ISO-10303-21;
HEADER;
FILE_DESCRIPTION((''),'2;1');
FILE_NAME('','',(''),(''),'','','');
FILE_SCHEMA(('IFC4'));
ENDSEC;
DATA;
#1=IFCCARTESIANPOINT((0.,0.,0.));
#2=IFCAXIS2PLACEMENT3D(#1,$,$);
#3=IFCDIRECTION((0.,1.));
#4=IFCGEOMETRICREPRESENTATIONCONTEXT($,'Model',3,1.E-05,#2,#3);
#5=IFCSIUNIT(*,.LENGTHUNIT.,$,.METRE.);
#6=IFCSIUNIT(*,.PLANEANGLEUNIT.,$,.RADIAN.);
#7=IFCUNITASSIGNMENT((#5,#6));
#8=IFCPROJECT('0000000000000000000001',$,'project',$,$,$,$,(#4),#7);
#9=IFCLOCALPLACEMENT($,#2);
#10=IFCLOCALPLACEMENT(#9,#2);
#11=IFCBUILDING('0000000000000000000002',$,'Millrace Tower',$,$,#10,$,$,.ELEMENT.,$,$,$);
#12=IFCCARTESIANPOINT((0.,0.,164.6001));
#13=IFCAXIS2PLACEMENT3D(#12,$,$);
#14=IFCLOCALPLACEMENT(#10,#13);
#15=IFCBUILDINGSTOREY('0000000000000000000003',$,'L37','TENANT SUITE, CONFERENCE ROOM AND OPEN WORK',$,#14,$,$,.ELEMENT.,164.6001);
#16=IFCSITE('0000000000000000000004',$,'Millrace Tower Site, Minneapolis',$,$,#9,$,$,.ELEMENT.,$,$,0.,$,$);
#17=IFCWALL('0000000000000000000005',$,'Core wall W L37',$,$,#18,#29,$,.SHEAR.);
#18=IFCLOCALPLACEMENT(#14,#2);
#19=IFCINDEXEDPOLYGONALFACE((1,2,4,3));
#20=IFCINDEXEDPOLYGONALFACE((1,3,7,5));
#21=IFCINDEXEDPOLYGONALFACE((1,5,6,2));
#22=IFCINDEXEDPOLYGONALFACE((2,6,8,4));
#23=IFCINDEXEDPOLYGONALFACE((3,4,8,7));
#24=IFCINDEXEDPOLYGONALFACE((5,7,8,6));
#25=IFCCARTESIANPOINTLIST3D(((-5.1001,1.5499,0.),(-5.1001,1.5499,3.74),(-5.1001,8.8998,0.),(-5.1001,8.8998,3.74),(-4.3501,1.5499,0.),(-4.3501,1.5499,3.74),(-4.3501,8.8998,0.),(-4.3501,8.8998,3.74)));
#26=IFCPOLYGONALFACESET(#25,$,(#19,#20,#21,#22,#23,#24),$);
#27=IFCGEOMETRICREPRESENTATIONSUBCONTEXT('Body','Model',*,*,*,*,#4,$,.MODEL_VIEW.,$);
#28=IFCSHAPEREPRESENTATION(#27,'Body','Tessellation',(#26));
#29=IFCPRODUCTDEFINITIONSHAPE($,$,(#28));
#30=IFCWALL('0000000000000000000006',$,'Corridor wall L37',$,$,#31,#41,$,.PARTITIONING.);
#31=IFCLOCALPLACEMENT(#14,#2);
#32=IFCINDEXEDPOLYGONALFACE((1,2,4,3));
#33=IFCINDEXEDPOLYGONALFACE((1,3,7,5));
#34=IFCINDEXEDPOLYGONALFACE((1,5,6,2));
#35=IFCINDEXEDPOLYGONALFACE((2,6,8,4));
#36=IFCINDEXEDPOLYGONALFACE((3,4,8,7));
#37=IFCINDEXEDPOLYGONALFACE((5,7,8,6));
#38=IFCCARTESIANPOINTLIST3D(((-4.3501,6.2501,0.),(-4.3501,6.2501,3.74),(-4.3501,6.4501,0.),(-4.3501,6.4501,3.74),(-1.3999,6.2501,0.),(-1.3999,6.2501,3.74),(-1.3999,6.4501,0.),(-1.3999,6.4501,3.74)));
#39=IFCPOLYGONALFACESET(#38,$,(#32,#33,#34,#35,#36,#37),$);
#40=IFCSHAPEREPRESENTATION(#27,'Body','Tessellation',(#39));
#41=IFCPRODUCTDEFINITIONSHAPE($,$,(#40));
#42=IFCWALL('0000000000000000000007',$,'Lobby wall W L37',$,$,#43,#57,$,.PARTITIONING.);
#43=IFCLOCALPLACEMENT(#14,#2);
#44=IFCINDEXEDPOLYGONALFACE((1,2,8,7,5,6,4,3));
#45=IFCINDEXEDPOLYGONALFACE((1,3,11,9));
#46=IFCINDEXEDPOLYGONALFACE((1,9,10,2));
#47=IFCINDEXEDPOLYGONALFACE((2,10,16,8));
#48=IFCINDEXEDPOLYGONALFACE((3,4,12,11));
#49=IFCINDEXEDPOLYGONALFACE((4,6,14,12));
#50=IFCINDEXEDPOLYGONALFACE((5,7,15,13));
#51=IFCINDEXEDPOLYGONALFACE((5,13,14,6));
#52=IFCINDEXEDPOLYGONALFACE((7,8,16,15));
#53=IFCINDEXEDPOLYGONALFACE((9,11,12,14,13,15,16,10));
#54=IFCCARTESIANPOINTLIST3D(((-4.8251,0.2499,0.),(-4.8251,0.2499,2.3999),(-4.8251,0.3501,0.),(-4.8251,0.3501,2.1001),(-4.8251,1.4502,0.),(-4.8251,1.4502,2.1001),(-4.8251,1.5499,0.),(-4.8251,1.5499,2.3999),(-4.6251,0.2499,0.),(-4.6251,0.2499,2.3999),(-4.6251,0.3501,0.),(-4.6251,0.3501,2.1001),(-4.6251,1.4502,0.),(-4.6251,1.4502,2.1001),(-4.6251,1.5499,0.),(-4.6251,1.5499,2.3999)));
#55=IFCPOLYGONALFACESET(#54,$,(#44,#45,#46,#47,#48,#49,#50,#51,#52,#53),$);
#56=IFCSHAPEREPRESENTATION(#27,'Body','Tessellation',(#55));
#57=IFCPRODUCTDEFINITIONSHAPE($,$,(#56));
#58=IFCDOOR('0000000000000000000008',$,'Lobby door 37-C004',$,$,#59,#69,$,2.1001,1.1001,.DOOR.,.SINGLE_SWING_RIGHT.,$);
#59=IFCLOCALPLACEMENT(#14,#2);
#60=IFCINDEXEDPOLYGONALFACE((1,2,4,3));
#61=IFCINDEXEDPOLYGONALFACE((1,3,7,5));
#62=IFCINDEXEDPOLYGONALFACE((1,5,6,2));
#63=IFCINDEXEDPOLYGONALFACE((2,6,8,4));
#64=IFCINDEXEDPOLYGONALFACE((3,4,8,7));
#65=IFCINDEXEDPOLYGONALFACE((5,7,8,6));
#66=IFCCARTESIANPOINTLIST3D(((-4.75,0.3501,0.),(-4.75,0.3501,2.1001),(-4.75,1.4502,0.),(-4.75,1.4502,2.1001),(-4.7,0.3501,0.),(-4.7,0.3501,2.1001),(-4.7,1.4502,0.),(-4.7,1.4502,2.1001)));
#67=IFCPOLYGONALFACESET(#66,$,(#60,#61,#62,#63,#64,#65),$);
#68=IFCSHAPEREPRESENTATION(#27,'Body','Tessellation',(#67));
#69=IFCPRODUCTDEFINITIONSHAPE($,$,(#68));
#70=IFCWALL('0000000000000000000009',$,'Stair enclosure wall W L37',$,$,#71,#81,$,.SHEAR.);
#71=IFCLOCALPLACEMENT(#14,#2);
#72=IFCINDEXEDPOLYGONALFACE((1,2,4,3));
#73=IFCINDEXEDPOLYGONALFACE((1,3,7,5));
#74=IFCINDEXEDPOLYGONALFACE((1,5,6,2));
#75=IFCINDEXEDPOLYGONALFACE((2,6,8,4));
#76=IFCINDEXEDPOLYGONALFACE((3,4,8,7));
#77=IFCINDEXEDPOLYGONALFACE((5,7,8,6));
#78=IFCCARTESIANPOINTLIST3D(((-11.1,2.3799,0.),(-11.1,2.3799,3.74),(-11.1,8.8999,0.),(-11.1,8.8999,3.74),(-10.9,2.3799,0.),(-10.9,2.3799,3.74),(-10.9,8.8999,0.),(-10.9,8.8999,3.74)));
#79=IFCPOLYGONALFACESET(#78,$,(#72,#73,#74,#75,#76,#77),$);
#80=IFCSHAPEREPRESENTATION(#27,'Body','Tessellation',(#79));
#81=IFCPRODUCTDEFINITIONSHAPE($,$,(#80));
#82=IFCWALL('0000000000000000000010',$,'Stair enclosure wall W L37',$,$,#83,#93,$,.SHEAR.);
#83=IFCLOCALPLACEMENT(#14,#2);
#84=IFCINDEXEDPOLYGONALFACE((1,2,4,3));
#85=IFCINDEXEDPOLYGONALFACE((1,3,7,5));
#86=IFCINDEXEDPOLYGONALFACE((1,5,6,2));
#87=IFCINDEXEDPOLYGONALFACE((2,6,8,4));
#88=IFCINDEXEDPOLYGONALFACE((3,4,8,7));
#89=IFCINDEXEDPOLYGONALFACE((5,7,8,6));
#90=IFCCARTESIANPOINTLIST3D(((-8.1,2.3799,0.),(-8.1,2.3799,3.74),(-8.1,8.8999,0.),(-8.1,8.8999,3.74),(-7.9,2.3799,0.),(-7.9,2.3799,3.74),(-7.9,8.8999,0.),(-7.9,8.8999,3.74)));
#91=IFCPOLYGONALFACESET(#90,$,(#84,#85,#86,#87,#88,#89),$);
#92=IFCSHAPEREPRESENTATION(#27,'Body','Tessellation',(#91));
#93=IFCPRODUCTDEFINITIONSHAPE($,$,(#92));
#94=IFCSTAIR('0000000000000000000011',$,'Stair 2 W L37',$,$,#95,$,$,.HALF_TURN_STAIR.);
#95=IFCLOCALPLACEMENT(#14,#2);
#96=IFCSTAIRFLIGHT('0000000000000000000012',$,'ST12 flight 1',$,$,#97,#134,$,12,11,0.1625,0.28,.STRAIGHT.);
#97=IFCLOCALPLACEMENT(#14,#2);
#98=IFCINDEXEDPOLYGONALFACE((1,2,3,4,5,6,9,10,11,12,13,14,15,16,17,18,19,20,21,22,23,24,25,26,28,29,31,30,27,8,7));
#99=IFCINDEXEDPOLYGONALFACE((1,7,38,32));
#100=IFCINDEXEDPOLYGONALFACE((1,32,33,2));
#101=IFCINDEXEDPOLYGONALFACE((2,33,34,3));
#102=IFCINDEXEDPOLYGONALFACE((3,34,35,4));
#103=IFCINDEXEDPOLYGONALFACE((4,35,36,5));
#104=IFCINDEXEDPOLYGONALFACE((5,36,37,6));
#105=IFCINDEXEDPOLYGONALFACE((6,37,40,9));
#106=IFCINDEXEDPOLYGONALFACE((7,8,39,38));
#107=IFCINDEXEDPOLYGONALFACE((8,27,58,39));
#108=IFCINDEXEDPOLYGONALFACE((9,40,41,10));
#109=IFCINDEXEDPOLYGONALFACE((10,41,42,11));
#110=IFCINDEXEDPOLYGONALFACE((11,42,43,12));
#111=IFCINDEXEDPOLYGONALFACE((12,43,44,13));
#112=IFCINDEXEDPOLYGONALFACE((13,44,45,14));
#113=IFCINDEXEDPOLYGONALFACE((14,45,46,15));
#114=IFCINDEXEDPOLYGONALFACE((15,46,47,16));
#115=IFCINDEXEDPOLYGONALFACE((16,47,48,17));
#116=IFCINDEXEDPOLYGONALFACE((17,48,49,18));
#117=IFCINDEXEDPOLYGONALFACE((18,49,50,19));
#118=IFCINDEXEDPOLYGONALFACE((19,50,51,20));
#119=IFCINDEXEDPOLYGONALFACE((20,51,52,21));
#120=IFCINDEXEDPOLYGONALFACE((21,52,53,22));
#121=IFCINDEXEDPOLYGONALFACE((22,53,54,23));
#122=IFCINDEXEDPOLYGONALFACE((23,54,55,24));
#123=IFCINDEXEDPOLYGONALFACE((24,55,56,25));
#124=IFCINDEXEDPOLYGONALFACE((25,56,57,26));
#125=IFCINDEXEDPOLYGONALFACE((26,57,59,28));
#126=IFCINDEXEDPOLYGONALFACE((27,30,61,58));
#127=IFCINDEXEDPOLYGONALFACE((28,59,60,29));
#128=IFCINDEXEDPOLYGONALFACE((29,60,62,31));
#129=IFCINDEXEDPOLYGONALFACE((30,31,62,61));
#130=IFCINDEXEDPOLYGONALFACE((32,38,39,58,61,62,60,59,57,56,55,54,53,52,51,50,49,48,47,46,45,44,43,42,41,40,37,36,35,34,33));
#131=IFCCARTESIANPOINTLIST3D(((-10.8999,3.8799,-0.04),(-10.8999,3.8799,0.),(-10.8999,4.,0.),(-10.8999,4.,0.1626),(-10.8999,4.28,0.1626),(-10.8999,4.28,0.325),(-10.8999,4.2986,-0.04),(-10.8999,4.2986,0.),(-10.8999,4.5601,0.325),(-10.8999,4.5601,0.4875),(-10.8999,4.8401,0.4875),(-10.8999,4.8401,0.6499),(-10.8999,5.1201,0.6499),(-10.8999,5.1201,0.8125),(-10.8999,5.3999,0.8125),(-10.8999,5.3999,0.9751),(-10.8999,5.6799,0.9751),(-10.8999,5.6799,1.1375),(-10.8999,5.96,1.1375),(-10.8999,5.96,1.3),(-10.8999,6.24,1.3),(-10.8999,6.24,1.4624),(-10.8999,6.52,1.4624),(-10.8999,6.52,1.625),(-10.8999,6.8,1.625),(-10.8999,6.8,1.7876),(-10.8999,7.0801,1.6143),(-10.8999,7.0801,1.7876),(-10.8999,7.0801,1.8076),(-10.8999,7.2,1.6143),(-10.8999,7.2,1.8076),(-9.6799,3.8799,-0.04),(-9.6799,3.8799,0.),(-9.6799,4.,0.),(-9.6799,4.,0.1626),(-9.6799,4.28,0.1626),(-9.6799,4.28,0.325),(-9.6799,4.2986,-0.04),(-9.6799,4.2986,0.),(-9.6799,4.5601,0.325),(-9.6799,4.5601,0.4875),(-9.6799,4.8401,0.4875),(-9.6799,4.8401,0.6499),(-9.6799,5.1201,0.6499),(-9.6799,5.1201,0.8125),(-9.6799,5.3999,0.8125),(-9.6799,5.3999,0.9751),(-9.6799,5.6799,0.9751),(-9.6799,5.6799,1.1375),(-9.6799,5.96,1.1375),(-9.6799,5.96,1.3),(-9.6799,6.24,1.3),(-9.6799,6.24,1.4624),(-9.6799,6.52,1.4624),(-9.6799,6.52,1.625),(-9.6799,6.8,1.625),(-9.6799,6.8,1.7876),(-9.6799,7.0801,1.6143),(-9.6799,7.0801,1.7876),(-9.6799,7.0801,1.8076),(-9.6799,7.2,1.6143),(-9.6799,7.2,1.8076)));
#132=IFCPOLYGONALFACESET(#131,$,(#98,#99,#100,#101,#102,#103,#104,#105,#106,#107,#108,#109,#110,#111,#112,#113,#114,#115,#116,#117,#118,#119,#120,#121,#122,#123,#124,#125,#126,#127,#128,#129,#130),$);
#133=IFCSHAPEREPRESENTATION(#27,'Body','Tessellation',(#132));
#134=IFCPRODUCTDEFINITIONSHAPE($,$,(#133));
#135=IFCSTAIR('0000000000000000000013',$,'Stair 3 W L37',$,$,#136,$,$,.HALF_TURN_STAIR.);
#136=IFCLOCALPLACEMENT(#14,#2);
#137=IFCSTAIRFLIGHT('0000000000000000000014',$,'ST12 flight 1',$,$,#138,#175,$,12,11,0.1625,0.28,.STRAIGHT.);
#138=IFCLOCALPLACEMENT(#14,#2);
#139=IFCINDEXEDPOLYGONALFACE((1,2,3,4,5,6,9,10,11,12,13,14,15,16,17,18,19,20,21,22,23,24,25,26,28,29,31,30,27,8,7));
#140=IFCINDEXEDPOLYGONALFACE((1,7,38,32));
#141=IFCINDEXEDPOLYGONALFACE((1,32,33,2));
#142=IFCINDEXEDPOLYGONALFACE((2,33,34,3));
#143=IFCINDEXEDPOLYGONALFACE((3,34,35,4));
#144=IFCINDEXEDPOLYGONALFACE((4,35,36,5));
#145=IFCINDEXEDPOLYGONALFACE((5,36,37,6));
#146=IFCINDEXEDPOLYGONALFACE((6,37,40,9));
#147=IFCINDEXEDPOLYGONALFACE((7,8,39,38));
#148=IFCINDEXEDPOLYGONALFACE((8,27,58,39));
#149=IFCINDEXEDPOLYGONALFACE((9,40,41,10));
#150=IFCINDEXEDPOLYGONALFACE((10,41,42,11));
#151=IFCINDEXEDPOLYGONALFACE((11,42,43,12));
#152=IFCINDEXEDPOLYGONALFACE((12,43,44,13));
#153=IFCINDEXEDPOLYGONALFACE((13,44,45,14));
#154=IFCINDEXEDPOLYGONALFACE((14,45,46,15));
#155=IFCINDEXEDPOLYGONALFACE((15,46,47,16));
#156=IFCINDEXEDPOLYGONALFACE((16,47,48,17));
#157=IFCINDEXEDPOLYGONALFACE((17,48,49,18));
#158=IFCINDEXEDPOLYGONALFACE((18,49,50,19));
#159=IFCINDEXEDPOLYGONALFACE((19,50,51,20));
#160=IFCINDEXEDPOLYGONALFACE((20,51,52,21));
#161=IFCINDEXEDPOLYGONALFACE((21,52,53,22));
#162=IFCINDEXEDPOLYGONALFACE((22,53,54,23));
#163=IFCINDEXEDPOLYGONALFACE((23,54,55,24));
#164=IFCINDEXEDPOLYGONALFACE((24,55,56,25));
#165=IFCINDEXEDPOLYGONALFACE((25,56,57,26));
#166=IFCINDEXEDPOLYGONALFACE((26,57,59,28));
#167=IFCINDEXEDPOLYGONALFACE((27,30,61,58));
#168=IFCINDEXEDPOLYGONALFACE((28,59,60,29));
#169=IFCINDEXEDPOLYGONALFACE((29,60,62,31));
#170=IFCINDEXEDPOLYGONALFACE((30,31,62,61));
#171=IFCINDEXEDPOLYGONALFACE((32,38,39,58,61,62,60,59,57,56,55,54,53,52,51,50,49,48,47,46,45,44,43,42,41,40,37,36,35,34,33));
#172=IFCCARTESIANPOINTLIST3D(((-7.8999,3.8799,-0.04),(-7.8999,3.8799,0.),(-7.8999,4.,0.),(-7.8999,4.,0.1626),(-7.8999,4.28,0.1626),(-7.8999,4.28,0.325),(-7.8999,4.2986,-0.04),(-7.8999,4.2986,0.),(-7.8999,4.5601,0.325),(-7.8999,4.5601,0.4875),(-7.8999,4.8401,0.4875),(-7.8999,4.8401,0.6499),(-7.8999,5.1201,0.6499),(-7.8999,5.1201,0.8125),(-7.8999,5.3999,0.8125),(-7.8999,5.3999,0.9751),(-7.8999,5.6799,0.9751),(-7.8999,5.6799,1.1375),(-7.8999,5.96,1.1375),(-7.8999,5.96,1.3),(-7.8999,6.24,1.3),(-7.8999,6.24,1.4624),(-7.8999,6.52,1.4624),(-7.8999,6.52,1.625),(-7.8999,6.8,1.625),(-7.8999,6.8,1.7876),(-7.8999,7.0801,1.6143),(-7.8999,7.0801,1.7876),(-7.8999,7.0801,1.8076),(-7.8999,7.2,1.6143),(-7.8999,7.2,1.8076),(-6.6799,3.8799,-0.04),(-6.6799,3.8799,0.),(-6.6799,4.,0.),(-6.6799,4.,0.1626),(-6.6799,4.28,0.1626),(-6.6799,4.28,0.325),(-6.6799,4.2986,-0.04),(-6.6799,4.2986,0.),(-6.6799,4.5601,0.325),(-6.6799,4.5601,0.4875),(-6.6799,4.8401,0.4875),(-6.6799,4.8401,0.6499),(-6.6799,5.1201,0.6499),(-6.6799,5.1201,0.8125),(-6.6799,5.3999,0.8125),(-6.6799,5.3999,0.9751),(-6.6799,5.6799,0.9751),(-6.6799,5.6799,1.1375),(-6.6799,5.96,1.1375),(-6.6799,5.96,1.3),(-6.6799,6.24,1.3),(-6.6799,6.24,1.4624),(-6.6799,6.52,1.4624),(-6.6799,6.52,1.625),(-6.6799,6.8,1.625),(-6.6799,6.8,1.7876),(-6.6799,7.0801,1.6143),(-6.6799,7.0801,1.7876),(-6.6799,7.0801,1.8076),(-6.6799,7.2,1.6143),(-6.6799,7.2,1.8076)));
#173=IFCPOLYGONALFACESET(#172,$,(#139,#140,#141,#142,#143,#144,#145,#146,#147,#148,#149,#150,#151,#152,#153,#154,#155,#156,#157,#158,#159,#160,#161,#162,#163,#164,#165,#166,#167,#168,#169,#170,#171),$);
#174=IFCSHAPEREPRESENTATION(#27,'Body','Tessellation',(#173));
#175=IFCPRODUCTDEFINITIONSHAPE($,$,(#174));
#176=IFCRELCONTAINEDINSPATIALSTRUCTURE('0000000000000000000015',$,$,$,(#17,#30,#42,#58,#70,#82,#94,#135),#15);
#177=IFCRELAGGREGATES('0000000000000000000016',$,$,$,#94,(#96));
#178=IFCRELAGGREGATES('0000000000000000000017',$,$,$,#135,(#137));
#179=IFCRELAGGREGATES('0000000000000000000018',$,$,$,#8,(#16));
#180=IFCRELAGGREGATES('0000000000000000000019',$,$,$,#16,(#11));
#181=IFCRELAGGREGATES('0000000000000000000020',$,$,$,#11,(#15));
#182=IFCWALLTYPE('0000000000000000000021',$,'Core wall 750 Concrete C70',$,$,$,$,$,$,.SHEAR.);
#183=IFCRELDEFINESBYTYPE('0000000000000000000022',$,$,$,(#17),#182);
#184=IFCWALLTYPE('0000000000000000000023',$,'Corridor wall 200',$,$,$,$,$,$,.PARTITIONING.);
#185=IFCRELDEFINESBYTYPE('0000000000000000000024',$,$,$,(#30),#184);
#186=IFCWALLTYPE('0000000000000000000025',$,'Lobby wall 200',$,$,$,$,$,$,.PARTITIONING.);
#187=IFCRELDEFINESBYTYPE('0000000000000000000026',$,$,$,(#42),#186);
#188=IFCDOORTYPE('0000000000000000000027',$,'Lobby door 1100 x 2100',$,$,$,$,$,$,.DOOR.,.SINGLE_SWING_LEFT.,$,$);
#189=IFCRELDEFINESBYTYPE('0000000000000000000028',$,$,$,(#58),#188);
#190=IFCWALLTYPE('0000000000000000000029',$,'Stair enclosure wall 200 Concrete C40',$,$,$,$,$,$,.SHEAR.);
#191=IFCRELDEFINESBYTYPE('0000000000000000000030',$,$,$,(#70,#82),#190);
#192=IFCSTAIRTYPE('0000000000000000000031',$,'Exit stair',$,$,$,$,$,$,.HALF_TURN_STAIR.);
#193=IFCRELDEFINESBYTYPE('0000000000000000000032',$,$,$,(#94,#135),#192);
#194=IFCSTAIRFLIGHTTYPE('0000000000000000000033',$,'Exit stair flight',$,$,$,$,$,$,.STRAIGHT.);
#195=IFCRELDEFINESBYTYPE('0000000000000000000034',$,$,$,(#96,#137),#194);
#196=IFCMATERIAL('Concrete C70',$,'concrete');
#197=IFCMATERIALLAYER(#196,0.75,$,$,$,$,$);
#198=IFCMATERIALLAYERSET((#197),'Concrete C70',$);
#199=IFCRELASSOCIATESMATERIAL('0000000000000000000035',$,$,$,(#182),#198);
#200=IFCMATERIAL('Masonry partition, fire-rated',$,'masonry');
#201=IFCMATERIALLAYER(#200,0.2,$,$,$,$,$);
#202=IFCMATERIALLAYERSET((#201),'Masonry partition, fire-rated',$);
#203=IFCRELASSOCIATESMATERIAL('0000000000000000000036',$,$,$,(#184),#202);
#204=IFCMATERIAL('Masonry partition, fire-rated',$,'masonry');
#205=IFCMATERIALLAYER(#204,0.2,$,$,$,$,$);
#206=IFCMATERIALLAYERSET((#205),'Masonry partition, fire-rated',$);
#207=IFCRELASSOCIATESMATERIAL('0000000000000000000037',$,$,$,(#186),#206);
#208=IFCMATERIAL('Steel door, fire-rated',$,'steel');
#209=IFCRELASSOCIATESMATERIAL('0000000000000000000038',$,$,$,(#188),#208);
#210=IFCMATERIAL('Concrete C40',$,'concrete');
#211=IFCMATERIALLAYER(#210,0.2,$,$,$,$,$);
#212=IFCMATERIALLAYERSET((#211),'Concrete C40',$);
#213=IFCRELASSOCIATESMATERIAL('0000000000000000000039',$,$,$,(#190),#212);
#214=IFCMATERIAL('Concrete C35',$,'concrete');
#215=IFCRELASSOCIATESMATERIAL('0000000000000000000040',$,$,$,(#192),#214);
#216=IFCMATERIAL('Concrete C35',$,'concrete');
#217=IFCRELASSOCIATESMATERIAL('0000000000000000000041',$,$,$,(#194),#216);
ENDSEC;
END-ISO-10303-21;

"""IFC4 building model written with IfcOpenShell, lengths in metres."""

from ifc_helpers import new_model, si_unit, direction, frame, frame_2d, origin, place, context, subcontext, project, spatial, polyline, rectangle, outline, extrude, material, layer, layer_set, type_object, element, fill, aggregate, save


model = new_model("IFC4")

# Units and contexts
model_context = context("Model", 3, precision=1e-05, world=origin(), true_north=direction((0.0, 1.0)))
body_context = subcontext(model_context, "Body", "Model", "MODEL_VIEW")
ifc_project = project(units=[si_unit("LENGTHUNIT", "METRE"), si_unit("PLANEANGLEUNIT", "RADIAN")], contexts=[model_context])

# Site, building, storey
site_placement = place(None, origin())
site = spatial("IfcSite", under=ifc_project, at=site_placement, Name="Millrace Tower Site, Minneapolis", CompositionType="ELEMENT", RefElevation=0.0)
building_placement = place(site_placement, origin())
building = spatial("IfcBuilding", under=site, at=building_placement, Name="Millrace Tower", CompositionType="ELEMENT")
storey_placement = place(building_placement, frame((0.0, 0.0, 164.6001)))
storey = spatial("IfcBuildingStorey", under=building, at=storey_placement, Name="L37", Description="TENANT SUITE, CONFERENCE ROOM AND OPEN WORK", CompositionType="ELEMENT", Elevation=164.6001)

# Shared definitions
placement_1 = place(storey_placement, origin())

# Walls
ifc_material_1 = material(Name="Concrete C70", Category="concrete")
ifc_layer_1 = layer(ifc_material_1, 0.75)
ifc_layer_set_1 = layer_set([ifc_layer_1], Name="Concrete C70")
wall_type_1 = type_object("IfcWallType", Name="Core wall 750 Concrete C70", PredefinedType="SHEAR", material=ifc_layer_set_1)
wall_1_placement = place(storey_placement, frame((-4.7251, 1.55, 0.0), z_axis=(0.0, 0.0, 1.0), x_axis=(0.0, 1.0, 0.0)))
element("IfcWall", 1, at=wall_1_placement, inside=storey, type_object=wall_type_1, Name="Core wall W L37", PredefinedType="SHEAR", context=body_context, shape_type="SweptSolid", body=[
    extrude(rectangle(XDim=7.3499, YDim=0.75, at=frame_2d((3.6748, 0.0))), origin(), (0.0, 0.0, 1.0), 3.74),
])
ifc_material_2 = material(Name="Masonry partition, fire-rated", Category="masonry")
ifc_layer_2 = layer(ifc_material_2, 0.2)
ifc_layer_set_2 = layer_set([ifc_layer_2], Name="Masonry partition, fire-rated")
wall_type_2 = type_object("IfcWallType", Name="Corridor wall 200", PredefinedType="PARTITIONING", material=ifc_layer_set_2)
wall_2_placement = place(storey_placement, frame((-4.3501, 6.3501, 0.0), z_axis=(0.0, 0.0, 1.0), x_axis=(1.0, 0.0, 0.0)))
element("IfcWall", 2, at=wall_2_placement, inside=storey, type_object=wall_type_2, Name="Corridor wall L37", PredefinedType="PARTITIONING", context=body_context, shape_type="SweptSolid", body=[
    extrude(rectangle(XDim=2.9502, YDim=0.2, at=frame_2d((1.4751, 0.0))), origin(), (0.0, 0.0, 1.0), 3.74),
])

# Wall, opening, door
ifc_material_3 = material(Name="Masonry partition, fire-rated", Category="masonry")
ifc_layer_3 = layer(ifc_material_3, 0.2)
ifc_layer_set_3 = layer_set([ifc_layer_3], Name="Masonry partition, fire-rated")
wall_type_3 = type_object("IfcWallType", Name="Lobby wall 200", PredefinedType="PARTITIONING", material=ifc_layer_set_3)
wall_3_placement = place(storey_placement, frame((-4.7251, 0.25, 0.0), z_axis=(0.0, 0.0, 1.0), x_axis=(0.0, 1.0, 0.0)))
wall_3 = element("IfcWall", 3, at=wall_3_placement, inside=storey, type_object=wall_type_3, Name="Lobby wall W L37", PredefinedType="PARTITIONING", context=body_context, shape_type="SweptSolid", body=[
    extrude(rectangle(XDim=1.3, YDim=0.2, at=frame_2d((0.6499, 0.0))), origin(), (0.0, 0.0, 1.0), 2.3999),
])
opening_placement = place(wall_3_placement, frame((0.1001, 0.0, 0.0)))
opening = element("IfcOpeningElement", 4, at=opening_placement, cuts=wall_3, PredefinedType="OPENING", context=body_context, shape_type="SweptSolid", body=[
    extrude(rectangle(XDim=1.1001, YDim=2.1001, at=frame_2d((0.55, 1.05))), frame((0.0, 0.1099, 0.0), z_axis=(0.0, -1.0, 0.0), x_axis=(1.0, 0.0, 0.0)), (0.0, 0.0, 1.0), 0.22),
])
ifc_material_4 = material(Name="Steel door, fire-rated", Category="steel")
door_type = type_object("IfcDoorType", Name="Lobby door 1100 x 2100", OperationType="SINGLE_SWING_LEFT", PredefinedType="DOOR", material=ifc_material_4)
door_placement = place(opening_placement, origin())
door = element("IfcDoor", 5, at=door_placement, inside=storey, type_object=door_type, Name="Lobby door 37-C004", OperationType="SINGLE_SWING_RIGHT", OverallHeight=2.1001, OverallWidth=1.1001, PredefinedType="DOOR", context=body_context, shape_type="SweptSolid", body=[
    extrude(rectangle(XDim=1.1001, YDim=2.1001, at=frame_2d((0.55, 1.05))), frame((0.0, 0.0249, 0.0), z_axis=(0.0, -1.0, 0.0), x_axis=(1.0, 0.0, 0.0)), (0.0, 0.0, 1.0), 0.05),
])
fill(opening, door)

# Walls
ifc_material_5 = material(Name="Concrete C40", Category="concrete")
ifc_layer_4 = layer(ifc_material_5, 0.2)
ifc_layer_set_4 = layer_set([ifc_layer_4], Name="Concrete C40")
wall_type_4 = type_object("IfcWallType", Name="Stair enclosure wall 200 Concrete C40", PredefinedType="SHEAR", material=ifc_layer_set_4)
for number, where, z_axis, x_axis, name in (
    (6, (-11.0, 2.3799, 0.0), (0.0, 0.0, 1.0), (0.0, 1.0, 0.0), "Stair enclosure wall W L37"),
    (7, (-8.0, 2.3799, 0.0), (0.0, 0.0, 1.0), (0.0, 1.0, 0.0), "Stair enclosure wall W L37"),
):
    element("IfcWall", number, at=place(storey_placement, frame(where, z_axis=z_axis, x_axis=x_axis)), inside=storey, type_object=wall_type_4, Name=name, PredefinedType="SHEAR", context=body_context, shape_type="SweptSolid", body=[
        extrude(rectangle(XDim=6.52, YDim=0.2, at=frame_2d((3.26, 0.0))), origin(), (0.0, 0.0, 1.0), 3.74),
    ])

# Stairs, stair flights
ifc_material_6 = material(Name="Concrete C35", Category="concrete")
stair_type = type_object("IfcStairType", Name="Exit stair", PredefinedType="HALF_TURN_STAIR", material=ifc_material_6)
stair_1 = element("IfcStair", 8, at=placement_1, inside=storey, type_object=stair_type, Name="Stair 2 W L37", PredefinedType="HALF_TURN_STAIR")
ifc_material_7 = material(Name="Concrete C35", Category="concrete")
stair_flight_type = type_object("IfcStairFlightType", Name="Exit stair flight", PredefinedType="STRAIGHT", material=ifc_material_7)
stair_flight_1_placement = place(storey_placement, frame((-10.29, 4.0, 0.0), z_axis=(0.0, 0.0, 1.0), x_axis=(0.0, 1.0, 0.0)))
stair_flight_1 = element("IfcStairFlight", 9, at=stair_flight_1_placement, type_object=stair_flight_type, Name="ST12 flight 1", NumberOfRisers=12, NumberOfTreads=11, PredefinedType="STRAIGHT", RiserHeight=0.1625, TreadLength=0.28, context=body_context, shape_type="SweptSolid", body=[
    extrude(outline(polyline([(-0.1201, -0.04), (-0.1201, 0.0), (0.0, 0.0), (0.0, 0.1626), (0.28, 0.1626), (0.28, 0.325), (0.5601, 0.325), (0.5601, 0.4875), (0.8401, 0.4875), (0.8401, 0.6499), (1.1201, 0.6499), (1.1201, 0.8125), (1.3999, 0.8125), (1.3999, 0.9751), (1.6799, 0.9751), (1.6799, 1.1375), (1.96, 1.1375), (1.96, 1.3), (2.24, 1.3), (2.24, 1.4624), (2.52, 1.4624), (2.52, 1.625), (2.8, 1.625), (2.8, 1.7876), (3.0801, 1.7876), (3.0801, 1.8076), (3.2, 1.8076), (3.2, 1.6143), (3.0801, 1.6143), (0.2986, 0.0), (0.2986, -0.04), (-0.1201, -0.04)])), frame((0.0, 0.6099, 0.0), z_axis=(0.0, -1.0, 0.0), x_axis=(1.0, 0.0, 0.0)), (0.0, 0.0, 1.0), 1.22),
])
aggregate(stair_1, [stair_flight_1])
stair_2 = element("IfcStair", 10, at=placement_1, inside=storey, type_object=stair_type, Name="Stair 3 W L37", PredefinedType="HALF_TURN_STAIR")
stair_flight_2_placement = place(storey_placement, frame((-7.29, 4.0, 0.0), z_axis=(0.0, 0.0, 1.0), x_axis=(0.0, 1.0, 0.0)))
stair_flight_2 = element("IfcStairFlight", 11, at=stair_flight_2_placement, type_object=stair_flight_type, Name="ST12 flight 1", NumberOfRisers=12, NumberOfTreads=11, PredefinedType="STRAIGHT", RiserHeight=0.1625, TreadLength=0.28, context=body_context, shape_type="SweptSolid", body=[
    extrude(outline(polyline([(-0.1201, -0.04), (-0.1201, 0.0), (0.0, 0.0), (0.0, 0.1626), (0.28, 0.1626), (0.28, 0.325), (0.5601, 0.325), (0.5601, 0.4875), (0.8401, 0.4875), (0.8401, 0.6499), (1.1201, 0.6499), (1.1201, 0.8125), (1.3999, 0.8125), (1.3999, 0.9751), (1.6799, 0.9751), (1.6799, 1.1375), (1.96, 1.1375), (1.96, 1.3), (2.24, 1.3), (2.24, 1.4624), (2.52, 1.4624), (2.52, 1.625), (2.8, 1.625), (2.8, 1.7876), (3.0801, 1.7876), (3.0801, 1.8076), (3.2, 1.8076), (3.2, 1.6143), (3.0801, 1.6143), (0.2986, 0.0), (0.2986, -0.04), (-0.1201, -0.04)])), frame((0.0, 0.6099, 0.0), z_axis=(0.0, -1.0, 0.0), x_axis=(1.0, 0.0, 0.0)), (0.0, 0.0, 1.0), 1.22),
])
aggregate(stair_2, [stair_flight_2])

save(model, "model.ifc")
